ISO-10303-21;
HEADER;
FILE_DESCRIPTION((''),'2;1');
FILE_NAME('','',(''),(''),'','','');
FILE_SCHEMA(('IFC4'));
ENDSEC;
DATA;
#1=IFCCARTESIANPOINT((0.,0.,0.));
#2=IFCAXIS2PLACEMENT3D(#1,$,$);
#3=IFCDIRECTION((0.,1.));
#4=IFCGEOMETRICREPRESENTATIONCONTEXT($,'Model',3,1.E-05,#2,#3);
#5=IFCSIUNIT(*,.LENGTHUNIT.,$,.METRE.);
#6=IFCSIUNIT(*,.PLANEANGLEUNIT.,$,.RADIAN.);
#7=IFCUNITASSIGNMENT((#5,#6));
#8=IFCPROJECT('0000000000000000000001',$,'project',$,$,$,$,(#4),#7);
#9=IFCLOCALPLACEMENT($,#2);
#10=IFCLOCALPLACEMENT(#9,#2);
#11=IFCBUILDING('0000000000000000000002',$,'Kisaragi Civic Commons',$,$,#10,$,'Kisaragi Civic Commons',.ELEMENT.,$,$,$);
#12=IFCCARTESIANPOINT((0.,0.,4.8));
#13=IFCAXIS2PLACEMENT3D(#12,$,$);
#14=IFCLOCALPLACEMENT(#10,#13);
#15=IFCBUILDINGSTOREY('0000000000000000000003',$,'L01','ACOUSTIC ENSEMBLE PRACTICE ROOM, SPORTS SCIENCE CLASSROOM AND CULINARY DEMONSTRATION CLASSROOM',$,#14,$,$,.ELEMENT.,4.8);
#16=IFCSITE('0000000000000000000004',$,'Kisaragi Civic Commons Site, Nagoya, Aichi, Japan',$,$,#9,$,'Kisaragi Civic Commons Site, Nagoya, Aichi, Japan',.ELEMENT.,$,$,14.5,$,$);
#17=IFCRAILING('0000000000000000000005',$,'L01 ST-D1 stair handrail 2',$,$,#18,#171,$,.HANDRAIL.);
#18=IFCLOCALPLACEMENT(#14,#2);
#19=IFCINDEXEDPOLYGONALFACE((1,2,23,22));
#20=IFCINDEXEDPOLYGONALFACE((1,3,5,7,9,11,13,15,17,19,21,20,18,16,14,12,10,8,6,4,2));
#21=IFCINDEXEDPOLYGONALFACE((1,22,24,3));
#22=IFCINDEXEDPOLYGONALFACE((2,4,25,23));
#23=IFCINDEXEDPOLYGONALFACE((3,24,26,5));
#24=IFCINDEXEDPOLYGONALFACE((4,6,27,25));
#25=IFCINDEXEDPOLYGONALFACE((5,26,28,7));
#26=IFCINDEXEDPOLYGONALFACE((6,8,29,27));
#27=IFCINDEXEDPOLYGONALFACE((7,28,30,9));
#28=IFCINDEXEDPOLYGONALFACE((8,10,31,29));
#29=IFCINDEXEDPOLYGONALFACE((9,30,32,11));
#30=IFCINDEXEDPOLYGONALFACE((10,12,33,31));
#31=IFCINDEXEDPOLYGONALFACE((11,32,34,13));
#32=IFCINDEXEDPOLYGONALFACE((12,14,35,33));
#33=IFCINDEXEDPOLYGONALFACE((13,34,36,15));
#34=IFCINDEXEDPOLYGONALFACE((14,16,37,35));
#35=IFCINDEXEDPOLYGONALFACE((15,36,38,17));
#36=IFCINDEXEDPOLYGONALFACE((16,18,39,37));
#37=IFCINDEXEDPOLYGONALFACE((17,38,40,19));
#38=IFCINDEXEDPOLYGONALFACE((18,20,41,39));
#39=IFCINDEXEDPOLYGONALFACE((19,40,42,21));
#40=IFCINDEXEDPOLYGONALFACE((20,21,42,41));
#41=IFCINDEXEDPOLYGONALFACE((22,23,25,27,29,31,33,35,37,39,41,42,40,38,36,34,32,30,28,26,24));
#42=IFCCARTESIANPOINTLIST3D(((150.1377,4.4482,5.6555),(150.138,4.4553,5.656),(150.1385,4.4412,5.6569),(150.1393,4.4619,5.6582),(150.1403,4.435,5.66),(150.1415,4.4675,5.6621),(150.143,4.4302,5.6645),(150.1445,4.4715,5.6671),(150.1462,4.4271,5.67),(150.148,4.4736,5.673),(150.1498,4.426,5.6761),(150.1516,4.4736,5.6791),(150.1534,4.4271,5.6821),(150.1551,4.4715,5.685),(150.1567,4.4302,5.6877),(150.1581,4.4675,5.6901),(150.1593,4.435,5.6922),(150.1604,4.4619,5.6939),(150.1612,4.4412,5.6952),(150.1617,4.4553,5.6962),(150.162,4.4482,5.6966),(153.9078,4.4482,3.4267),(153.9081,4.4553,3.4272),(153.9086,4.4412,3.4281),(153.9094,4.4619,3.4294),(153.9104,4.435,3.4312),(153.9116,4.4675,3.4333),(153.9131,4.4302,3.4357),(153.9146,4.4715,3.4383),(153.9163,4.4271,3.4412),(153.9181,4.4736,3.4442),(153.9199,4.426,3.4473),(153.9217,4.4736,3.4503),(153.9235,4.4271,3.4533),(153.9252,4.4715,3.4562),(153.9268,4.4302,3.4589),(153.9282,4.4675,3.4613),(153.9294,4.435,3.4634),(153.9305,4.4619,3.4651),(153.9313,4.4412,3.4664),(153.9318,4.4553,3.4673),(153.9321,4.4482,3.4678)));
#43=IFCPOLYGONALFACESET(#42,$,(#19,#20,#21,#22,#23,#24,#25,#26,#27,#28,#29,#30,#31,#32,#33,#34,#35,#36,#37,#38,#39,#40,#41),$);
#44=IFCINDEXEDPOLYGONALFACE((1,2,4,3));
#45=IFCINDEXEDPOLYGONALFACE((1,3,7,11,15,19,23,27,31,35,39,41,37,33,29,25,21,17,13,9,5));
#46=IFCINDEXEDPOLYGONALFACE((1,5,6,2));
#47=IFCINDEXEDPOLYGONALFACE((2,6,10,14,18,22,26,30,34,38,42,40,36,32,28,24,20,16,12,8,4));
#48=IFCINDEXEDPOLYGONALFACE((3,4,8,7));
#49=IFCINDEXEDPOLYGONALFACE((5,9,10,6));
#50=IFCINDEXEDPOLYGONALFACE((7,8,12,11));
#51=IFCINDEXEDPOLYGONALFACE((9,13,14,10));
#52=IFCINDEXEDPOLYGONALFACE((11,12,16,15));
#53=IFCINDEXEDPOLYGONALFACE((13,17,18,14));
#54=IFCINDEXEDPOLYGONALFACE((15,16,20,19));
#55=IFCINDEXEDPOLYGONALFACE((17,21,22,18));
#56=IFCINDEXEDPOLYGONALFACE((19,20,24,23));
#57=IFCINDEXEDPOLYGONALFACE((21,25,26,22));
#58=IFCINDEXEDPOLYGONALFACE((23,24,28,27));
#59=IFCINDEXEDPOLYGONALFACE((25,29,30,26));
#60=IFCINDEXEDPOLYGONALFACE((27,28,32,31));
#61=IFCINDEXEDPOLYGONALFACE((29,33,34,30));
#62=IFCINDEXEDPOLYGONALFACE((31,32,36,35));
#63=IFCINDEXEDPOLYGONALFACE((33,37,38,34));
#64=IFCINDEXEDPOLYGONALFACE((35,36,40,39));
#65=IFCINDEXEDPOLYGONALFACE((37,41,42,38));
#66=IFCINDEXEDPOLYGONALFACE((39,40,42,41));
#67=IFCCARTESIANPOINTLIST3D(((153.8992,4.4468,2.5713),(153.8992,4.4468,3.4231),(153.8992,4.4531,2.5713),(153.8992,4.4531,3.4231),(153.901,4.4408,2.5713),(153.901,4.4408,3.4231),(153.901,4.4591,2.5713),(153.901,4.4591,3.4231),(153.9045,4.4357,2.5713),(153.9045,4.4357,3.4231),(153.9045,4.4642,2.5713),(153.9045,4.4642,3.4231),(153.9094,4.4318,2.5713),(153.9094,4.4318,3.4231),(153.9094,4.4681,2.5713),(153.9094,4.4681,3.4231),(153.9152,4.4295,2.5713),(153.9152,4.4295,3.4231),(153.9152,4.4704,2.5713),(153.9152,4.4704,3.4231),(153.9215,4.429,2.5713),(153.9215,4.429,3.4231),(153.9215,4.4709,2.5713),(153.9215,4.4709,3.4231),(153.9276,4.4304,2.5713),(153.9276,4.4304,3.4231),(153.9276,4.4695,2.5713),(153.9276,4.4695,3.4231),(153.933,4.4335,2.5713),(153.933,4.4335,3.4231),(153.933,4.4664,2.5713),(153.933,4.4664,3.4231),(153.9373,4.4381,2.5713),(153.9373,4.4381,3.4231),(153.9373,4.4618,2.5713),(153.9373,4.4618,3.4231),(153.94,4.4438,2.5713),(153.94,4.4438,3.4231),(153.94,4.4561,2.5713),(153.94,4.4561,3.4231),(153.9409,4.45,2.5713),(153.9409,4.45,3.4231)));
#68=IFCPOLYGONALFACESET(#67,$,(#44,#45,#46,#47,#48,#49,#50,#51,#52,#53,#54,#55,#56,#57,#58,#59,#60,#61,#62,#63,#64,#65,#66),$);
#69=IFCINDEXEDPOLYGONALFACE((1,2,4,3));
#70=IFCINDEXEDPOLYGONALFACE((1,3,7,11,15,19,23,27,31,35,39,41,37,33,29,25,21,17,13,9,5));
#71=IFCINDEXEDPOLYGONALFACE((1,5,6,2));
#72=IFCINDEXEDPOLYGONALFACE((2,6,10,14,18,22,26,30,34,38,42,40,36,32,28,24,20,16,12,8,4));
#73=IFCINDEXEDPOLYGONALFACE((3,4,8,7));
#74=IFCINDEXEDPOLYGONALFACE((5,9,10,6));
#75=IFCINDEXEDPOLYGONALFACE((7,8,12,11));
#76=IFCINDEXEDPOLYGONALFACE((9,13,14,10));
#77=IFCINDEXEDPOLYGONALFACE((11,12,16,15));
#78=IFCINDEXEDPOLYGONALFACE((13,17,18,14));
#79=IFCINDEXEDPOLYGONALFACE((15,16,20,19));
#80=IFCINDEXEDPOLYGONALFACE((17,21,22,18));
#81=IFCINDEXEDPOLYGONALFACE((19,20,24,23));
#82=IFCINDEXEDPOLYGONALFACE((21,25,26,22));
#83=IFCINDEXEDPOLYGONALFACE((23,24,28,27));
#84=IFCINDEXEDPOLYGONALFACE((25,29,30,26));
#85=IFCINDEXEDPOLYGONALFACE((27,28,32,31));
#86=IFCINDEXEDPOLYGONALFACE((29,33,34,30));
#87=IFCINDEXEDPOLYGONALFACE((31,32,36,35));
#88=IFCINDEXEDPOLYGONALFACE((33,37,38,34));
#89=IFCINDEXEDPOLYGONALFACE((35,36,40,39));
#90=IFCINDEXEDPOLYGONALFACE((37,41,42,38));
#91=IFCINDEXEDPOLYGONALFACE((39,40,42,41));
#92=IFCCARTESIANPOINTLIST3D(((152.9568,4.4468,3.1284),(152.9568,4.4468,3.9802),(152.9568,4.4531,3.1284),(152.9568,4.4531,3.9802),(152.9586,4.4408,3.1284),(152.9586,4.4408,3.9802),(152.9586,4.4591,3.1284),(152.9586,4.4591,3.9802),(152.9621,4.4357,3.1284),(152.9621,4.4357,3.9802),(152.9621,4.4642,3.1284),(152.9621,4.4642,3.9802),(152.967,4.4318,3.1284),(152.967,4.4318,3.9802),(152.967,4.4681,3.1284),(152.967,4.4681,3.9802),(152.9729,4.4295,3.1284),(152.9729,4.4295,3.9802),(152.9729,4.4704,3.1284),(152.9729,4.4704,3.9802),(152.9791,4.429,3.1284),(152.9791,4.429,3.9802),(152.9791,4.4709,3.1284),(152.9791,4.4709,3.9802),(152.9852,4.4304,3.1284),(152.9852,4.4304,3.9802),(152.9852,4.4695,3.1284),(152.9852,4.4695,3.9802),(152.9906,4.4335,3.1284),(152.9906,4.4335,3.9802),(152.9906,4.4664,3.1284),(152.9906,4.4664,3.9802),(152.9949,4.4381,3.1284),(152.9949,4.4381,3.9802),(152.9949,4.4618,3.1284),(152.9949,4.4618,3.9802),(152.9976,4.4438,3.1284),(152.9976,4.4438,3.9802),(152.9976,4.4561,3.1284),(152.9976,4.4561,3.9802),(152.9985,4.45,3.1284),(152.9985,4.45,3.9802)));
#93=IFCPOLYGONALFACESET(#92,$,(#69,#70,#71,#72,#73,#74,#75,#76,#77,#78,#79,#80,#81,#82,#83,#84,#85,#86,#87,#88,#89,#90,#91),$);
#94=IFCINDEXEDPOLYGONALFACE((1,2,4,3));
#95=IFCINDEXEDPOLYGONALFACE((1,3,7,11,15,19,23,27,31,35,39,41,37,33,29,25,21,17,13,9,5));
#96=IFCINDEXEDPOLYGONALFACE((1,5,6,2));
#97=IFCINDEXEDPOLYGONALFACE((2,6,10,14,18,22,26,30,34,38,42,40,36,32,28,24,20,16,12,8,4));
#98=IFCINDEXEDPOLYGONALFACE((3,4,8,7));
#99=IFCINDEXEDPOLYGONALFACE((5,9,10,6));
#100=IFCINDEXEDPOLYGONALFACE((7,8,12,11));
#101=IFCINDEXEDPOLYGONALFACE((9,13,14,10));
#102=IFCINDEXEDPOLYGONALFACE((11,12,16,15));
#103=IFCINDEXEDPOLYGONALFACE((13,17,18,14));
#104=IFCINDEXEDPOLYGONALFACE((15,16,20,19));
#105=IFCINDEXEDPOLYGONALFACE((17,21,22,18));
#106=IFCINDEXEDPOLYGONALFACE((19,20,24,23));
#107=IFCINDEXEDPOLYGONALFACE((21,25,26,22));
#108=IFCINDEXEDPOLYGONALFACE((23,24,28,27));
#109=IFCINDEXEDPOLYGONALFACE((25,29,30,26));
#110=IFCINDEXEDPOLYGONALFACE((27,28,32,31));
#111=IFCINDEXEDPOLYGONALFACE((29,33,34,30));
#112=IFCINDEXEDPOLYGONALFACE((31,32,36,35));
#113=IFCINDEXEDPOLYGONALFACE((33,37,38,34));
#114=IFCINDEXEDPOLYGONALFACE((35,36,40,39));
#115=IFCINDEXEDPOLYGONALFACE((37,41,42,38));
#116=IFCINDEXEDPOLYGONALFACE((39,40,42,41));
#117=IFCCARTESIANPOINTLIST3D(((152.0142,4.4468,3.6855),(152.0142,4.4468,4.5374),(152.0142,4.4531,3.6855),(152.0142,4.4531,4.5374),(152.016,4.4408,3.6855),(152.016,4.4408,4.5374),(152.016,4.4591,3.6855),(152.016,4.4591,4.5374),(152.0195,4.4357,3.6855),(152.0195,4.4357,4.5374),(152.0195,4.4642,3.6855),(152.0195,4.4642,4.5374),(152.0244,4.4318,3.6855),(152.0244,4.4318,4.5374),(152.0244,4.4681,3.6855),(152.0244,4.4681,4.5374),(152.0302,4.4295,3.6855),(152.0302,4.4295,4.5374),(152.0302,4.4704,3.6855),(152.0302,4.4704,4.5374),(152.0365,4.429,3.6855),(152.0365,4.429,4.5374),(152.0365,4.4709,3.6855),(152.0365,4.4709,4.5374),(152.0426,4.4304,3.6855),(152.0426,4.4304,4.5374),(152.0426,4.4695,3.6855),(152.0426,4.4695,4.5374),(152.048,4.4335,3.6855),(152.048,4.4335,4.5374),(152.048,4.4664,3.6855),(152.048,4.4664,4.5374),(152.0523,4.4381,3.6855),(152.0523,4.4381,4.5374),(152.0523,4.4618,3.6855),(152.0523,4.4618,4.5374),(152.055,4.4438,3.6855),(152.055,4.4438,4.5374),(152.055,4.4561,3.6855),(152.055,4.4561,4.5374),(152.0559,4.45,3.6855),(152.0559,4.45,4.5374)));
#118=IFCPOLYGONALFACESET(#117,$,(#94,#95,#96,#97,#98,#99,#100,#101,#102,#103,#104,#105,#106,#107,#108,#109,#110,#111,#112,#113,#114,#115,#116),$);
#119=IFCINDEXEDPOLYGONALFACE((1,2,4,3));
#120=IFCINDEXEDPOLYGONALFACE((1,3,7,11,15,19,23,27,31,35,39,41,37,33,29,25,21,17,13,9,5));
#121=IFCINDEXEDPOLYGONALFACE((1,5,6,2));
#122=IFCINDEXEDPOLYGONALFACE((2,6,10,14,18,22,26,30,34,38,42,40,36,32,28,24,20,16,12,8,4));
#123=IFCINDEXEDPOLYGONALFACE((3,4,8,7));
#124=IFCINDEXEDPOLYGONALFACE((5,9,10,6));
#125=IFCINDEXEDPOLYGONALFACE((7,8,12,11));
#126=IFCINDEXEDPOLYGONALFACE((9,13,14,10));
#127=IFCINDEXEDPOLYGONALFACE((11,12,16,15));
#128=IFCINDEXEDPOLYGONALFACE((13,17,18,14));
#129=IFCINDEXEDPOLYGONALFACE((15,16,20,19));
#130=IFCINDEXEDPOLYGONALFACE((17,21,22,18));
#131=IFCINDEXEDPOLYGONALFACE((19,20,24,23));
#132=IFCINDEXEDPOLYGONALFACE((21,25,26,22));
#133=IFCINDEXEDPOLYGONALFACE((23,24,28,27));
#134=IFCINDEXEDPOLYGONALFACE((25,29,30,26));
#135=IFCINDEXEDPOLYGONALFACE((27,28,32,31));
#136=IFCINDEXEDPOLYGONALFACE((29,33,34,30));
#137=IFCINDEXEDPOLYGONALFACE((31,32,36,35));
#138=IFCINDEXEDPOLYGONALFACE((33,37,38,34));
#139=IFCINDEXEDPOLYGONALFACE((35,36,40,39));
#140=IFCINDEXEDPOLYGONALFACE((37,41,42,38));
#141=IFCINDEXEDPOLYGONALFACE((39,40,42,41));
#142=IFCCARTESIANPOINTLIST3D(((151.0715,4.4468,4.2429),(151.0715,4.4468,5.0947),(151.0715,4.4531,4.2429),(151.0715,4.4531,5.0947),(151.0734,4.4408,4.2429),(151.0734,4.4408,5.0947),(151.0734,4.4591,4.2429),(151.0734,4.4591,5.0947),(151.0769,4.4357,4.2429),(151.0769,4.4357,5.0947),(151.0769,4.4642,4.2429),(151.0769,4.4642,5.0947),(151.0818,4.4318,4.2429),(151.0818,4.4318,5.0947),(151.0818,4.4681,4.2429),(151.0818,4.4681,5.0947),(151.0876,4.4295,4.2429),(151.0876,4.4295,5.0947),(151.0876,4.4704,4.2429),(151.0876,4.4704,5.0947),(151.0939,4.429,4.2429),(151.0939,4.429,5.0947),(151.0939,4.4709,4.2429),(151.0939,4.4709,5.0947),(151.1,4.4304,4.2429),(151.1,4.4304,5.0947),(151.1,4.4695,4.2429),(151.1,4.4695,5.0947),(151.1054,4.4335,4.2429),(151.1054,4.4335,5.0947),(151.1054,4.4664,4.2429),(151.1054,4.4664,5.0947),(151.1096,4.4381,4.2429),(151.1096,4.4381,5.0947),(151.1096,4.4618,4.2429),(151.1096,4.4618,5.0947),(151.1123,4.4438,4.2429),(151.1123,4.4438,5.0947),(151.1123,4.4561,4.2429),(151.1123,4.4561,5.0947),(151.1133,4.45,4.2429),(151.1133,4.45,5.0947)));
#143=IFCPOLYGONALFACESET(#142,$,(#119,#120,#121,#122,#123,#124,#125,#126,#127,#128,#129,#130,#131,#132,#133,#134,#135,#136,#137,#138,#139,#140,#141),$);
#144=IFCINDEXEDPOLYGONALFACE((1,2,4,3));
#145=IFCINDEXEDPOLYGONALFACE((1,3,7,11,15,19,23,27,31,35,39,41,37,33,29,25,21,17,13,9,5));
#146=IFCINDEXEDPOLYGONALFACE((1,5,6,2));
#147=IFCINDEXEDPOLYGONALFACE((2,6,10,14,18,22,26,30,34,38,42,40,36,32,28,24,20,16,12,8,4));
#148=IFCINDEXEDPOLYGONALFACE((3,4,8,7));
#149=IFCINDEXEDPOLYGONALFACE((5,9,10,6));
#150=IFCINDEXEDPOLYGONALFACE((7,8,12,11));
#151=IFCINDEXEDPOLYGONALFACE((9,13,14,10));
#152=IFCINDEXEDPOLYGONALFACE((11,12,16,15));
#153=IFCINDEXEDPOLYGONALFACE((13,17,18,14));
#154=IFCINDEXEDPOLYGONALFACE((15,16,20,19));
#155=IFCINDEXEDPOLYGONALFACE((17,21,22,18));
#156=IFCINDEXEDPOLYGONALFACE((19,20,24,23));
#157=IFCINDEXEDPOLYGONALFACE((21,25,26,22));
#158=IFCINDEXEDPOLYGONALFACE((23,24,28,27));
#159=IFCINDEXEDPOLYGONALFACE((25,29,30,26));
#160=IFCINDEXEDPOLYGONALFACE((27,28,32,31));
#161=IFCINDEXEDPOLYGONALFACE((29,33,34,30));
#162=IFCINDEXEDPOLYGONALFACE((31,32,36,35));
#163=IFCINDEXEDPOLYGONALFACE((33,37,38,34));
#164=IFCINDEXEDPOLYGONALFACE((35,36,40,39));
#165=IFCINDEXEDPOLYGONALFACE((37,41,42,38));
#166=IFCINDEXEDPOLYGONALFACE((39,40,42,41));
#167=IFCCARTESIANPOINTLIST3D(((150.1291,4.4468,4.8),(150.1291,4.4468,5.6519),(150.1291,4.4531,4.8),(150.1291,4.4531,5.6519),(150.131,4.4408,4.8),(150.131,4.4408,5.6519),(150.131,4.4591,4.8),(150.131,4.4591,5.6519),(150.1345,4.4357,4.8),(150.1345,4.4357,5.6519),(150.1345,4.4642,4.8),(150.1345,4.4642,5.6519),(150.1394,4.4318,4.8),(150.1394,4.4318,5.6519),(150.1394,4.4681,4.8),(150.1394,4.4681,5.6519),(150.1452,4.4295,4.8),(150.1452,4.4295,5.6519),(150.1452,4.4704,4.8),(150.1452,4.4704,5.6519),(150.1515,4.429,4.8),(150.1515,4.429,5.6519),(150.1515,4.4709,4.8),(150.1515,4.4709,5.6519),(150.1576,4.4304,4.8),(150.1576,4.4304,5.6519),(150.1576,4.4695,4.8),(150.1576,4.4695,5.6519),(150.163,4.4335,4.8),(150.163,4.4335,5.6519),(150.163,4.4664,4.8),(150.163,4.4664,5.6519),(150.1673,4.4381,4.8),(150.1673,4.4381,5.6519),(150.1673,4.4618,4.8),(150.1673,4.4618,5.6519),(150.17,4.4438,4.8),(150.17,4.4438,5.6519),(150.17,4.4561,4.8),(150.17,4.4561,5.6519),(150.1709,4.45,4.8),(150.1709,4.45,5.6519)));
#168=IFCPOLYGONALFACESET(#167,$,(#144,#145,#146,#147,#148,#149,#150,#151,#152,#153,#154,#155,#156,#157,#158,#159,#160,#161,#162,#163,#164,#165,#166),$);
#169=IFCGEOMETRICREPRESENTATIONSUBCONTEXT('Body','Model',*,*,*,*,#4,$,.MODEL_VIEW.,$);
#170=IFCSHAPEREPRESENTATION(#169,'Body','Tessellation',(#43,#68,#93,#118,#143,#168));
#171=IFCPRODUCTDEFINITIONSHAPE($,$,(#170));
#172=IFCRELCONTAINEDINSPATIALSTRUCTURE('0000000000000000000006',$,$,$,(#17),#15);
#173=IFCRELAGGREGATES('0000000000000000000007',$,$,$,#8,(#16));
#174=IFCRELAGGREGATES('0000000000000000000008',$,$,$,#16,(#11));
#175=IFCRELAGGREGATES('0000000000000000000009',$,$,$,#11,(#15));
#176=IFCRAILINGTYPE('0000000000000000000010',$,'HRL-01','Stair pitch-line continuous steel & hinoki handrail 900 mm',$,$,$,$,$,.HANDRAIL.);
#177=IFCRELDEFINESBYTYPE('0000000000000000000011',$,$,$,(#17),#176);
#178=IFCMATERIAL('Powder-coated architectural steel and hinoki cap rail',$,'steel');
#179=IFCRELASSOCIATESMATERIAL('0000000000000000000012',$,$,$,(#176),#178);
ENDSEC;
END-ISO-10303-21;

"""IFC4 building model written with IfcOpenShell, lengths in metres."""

from ifc_helpers import new_model, si_unit, direction, frame, origin, origin_2d, place, context, subcontext, project, spatial, circle, extrude, material, type_object, element, save


model = new_model("IFC4")

# Units and contexts
model_context = context("Model", 3, precision=1e-05, world=origin(), true_north=direction((0.0, 1.0)))
body_context = subcontext(model_context, "Body", "Model", "MODEL_VIEW")
ifc_project = project(units=[si_unit("LENGTHUNIT", "METRE"), si_unit("PLANEANGLEUNIT", "RADIAN")], contexts=[model_context])

# Site, building, storey
site_placement = place(None, origin())
site = spatial("IfcSite", under=ifc_project, at=site_placement, Name="Kisaragi Civic Commons Site, Nagoya, Aichi, Japan", LongName="Kisaragi Civic Commons Site, Nagoya, Aichi, Japan", CompositionType="ELEMENT", RefElevation=14.5)
building_placement = place(site_placement, origin())
building = spatial("IfcBuilding", under=site, at=building_placement, Name="Kisaragi Civic Commons", LongName="Kisaragi Civic Commons", CompositionType="ELEMENT")
storey_placement = place(building_placement, frame((0.0, 0.0, 4.8)))
storey = spatial("IfcBuildingStorey", under=building, at=storey_placement, Name="L01", Description="ACOUSTIC ENSEMBLE PRACTICE ROOM, SPORTS SCIENCE CLASSROOM AND CULINARY DEMONSTRATION CLASSROOM", CompositionType="ELEMENT", Elevation=4.8)

# Railing
ifc_material_1 = material(Name="Powder-coated architectural steel and hinoki cap rail", Category="steel")
railing_type_1 = type_object("IfcRailingType", Name="HRL-01", Description="Stair pitch-line continuous steel & hinoki handrail 900 mm", PredefinedType="HANDRAIL", material=ifc_material_1)
railing_1_placement = place(storey_placement, frame((153.9199, 4.45, 2.5713)))
element("IfcRailing", 1, at=railing_1_placement, inside=storey, type_object=railing_type_1, Name="L01 ST-D1 stair handrail 2", PredefinedType="HANDRAIL", context=body_context, shape_type="SweptSolid", body=[
    extrude(circle(Radius=0.0239, at=origin_2d()), frame((0.0, 0.0, 0.876), z_axis=(-0.860824, 0.0, 0.508902), x_axis=(0.0, -1.0, 0.0)), (0.0, 0.0, 1.0), 4.3796),
    extrude(circle(Radius=0.021, at=origin_2d()), origin(), (0.0, 0.0, 1.0), 0.8518),
    extrude(circle(Radius=0.021, at=origin_2d()), frame((-0.9424, 0.0, 0.5571)), (0.0, 0.0, 1.0), 0.8518),
    extrude(circle(Radius=0.021, at=origin_2d()), frame((-1.885, 0.0, 1.1143)), (0.0, 0.0, 1.0), 0.8518),
    extrude(circle(Radius=0.021, at=origin_2d()), frame((-2.8276, 0.0, 1.6716)), (0.0, 0.0, 1.0), 0.8518),
    extrude(circle(Radius=0.021, at=origin_2d()), frame((-3.77, 0.0, 2.2288)), (0.0, 0.0, 1.0), 0.8518),
])

save(model, "model.ifc")
